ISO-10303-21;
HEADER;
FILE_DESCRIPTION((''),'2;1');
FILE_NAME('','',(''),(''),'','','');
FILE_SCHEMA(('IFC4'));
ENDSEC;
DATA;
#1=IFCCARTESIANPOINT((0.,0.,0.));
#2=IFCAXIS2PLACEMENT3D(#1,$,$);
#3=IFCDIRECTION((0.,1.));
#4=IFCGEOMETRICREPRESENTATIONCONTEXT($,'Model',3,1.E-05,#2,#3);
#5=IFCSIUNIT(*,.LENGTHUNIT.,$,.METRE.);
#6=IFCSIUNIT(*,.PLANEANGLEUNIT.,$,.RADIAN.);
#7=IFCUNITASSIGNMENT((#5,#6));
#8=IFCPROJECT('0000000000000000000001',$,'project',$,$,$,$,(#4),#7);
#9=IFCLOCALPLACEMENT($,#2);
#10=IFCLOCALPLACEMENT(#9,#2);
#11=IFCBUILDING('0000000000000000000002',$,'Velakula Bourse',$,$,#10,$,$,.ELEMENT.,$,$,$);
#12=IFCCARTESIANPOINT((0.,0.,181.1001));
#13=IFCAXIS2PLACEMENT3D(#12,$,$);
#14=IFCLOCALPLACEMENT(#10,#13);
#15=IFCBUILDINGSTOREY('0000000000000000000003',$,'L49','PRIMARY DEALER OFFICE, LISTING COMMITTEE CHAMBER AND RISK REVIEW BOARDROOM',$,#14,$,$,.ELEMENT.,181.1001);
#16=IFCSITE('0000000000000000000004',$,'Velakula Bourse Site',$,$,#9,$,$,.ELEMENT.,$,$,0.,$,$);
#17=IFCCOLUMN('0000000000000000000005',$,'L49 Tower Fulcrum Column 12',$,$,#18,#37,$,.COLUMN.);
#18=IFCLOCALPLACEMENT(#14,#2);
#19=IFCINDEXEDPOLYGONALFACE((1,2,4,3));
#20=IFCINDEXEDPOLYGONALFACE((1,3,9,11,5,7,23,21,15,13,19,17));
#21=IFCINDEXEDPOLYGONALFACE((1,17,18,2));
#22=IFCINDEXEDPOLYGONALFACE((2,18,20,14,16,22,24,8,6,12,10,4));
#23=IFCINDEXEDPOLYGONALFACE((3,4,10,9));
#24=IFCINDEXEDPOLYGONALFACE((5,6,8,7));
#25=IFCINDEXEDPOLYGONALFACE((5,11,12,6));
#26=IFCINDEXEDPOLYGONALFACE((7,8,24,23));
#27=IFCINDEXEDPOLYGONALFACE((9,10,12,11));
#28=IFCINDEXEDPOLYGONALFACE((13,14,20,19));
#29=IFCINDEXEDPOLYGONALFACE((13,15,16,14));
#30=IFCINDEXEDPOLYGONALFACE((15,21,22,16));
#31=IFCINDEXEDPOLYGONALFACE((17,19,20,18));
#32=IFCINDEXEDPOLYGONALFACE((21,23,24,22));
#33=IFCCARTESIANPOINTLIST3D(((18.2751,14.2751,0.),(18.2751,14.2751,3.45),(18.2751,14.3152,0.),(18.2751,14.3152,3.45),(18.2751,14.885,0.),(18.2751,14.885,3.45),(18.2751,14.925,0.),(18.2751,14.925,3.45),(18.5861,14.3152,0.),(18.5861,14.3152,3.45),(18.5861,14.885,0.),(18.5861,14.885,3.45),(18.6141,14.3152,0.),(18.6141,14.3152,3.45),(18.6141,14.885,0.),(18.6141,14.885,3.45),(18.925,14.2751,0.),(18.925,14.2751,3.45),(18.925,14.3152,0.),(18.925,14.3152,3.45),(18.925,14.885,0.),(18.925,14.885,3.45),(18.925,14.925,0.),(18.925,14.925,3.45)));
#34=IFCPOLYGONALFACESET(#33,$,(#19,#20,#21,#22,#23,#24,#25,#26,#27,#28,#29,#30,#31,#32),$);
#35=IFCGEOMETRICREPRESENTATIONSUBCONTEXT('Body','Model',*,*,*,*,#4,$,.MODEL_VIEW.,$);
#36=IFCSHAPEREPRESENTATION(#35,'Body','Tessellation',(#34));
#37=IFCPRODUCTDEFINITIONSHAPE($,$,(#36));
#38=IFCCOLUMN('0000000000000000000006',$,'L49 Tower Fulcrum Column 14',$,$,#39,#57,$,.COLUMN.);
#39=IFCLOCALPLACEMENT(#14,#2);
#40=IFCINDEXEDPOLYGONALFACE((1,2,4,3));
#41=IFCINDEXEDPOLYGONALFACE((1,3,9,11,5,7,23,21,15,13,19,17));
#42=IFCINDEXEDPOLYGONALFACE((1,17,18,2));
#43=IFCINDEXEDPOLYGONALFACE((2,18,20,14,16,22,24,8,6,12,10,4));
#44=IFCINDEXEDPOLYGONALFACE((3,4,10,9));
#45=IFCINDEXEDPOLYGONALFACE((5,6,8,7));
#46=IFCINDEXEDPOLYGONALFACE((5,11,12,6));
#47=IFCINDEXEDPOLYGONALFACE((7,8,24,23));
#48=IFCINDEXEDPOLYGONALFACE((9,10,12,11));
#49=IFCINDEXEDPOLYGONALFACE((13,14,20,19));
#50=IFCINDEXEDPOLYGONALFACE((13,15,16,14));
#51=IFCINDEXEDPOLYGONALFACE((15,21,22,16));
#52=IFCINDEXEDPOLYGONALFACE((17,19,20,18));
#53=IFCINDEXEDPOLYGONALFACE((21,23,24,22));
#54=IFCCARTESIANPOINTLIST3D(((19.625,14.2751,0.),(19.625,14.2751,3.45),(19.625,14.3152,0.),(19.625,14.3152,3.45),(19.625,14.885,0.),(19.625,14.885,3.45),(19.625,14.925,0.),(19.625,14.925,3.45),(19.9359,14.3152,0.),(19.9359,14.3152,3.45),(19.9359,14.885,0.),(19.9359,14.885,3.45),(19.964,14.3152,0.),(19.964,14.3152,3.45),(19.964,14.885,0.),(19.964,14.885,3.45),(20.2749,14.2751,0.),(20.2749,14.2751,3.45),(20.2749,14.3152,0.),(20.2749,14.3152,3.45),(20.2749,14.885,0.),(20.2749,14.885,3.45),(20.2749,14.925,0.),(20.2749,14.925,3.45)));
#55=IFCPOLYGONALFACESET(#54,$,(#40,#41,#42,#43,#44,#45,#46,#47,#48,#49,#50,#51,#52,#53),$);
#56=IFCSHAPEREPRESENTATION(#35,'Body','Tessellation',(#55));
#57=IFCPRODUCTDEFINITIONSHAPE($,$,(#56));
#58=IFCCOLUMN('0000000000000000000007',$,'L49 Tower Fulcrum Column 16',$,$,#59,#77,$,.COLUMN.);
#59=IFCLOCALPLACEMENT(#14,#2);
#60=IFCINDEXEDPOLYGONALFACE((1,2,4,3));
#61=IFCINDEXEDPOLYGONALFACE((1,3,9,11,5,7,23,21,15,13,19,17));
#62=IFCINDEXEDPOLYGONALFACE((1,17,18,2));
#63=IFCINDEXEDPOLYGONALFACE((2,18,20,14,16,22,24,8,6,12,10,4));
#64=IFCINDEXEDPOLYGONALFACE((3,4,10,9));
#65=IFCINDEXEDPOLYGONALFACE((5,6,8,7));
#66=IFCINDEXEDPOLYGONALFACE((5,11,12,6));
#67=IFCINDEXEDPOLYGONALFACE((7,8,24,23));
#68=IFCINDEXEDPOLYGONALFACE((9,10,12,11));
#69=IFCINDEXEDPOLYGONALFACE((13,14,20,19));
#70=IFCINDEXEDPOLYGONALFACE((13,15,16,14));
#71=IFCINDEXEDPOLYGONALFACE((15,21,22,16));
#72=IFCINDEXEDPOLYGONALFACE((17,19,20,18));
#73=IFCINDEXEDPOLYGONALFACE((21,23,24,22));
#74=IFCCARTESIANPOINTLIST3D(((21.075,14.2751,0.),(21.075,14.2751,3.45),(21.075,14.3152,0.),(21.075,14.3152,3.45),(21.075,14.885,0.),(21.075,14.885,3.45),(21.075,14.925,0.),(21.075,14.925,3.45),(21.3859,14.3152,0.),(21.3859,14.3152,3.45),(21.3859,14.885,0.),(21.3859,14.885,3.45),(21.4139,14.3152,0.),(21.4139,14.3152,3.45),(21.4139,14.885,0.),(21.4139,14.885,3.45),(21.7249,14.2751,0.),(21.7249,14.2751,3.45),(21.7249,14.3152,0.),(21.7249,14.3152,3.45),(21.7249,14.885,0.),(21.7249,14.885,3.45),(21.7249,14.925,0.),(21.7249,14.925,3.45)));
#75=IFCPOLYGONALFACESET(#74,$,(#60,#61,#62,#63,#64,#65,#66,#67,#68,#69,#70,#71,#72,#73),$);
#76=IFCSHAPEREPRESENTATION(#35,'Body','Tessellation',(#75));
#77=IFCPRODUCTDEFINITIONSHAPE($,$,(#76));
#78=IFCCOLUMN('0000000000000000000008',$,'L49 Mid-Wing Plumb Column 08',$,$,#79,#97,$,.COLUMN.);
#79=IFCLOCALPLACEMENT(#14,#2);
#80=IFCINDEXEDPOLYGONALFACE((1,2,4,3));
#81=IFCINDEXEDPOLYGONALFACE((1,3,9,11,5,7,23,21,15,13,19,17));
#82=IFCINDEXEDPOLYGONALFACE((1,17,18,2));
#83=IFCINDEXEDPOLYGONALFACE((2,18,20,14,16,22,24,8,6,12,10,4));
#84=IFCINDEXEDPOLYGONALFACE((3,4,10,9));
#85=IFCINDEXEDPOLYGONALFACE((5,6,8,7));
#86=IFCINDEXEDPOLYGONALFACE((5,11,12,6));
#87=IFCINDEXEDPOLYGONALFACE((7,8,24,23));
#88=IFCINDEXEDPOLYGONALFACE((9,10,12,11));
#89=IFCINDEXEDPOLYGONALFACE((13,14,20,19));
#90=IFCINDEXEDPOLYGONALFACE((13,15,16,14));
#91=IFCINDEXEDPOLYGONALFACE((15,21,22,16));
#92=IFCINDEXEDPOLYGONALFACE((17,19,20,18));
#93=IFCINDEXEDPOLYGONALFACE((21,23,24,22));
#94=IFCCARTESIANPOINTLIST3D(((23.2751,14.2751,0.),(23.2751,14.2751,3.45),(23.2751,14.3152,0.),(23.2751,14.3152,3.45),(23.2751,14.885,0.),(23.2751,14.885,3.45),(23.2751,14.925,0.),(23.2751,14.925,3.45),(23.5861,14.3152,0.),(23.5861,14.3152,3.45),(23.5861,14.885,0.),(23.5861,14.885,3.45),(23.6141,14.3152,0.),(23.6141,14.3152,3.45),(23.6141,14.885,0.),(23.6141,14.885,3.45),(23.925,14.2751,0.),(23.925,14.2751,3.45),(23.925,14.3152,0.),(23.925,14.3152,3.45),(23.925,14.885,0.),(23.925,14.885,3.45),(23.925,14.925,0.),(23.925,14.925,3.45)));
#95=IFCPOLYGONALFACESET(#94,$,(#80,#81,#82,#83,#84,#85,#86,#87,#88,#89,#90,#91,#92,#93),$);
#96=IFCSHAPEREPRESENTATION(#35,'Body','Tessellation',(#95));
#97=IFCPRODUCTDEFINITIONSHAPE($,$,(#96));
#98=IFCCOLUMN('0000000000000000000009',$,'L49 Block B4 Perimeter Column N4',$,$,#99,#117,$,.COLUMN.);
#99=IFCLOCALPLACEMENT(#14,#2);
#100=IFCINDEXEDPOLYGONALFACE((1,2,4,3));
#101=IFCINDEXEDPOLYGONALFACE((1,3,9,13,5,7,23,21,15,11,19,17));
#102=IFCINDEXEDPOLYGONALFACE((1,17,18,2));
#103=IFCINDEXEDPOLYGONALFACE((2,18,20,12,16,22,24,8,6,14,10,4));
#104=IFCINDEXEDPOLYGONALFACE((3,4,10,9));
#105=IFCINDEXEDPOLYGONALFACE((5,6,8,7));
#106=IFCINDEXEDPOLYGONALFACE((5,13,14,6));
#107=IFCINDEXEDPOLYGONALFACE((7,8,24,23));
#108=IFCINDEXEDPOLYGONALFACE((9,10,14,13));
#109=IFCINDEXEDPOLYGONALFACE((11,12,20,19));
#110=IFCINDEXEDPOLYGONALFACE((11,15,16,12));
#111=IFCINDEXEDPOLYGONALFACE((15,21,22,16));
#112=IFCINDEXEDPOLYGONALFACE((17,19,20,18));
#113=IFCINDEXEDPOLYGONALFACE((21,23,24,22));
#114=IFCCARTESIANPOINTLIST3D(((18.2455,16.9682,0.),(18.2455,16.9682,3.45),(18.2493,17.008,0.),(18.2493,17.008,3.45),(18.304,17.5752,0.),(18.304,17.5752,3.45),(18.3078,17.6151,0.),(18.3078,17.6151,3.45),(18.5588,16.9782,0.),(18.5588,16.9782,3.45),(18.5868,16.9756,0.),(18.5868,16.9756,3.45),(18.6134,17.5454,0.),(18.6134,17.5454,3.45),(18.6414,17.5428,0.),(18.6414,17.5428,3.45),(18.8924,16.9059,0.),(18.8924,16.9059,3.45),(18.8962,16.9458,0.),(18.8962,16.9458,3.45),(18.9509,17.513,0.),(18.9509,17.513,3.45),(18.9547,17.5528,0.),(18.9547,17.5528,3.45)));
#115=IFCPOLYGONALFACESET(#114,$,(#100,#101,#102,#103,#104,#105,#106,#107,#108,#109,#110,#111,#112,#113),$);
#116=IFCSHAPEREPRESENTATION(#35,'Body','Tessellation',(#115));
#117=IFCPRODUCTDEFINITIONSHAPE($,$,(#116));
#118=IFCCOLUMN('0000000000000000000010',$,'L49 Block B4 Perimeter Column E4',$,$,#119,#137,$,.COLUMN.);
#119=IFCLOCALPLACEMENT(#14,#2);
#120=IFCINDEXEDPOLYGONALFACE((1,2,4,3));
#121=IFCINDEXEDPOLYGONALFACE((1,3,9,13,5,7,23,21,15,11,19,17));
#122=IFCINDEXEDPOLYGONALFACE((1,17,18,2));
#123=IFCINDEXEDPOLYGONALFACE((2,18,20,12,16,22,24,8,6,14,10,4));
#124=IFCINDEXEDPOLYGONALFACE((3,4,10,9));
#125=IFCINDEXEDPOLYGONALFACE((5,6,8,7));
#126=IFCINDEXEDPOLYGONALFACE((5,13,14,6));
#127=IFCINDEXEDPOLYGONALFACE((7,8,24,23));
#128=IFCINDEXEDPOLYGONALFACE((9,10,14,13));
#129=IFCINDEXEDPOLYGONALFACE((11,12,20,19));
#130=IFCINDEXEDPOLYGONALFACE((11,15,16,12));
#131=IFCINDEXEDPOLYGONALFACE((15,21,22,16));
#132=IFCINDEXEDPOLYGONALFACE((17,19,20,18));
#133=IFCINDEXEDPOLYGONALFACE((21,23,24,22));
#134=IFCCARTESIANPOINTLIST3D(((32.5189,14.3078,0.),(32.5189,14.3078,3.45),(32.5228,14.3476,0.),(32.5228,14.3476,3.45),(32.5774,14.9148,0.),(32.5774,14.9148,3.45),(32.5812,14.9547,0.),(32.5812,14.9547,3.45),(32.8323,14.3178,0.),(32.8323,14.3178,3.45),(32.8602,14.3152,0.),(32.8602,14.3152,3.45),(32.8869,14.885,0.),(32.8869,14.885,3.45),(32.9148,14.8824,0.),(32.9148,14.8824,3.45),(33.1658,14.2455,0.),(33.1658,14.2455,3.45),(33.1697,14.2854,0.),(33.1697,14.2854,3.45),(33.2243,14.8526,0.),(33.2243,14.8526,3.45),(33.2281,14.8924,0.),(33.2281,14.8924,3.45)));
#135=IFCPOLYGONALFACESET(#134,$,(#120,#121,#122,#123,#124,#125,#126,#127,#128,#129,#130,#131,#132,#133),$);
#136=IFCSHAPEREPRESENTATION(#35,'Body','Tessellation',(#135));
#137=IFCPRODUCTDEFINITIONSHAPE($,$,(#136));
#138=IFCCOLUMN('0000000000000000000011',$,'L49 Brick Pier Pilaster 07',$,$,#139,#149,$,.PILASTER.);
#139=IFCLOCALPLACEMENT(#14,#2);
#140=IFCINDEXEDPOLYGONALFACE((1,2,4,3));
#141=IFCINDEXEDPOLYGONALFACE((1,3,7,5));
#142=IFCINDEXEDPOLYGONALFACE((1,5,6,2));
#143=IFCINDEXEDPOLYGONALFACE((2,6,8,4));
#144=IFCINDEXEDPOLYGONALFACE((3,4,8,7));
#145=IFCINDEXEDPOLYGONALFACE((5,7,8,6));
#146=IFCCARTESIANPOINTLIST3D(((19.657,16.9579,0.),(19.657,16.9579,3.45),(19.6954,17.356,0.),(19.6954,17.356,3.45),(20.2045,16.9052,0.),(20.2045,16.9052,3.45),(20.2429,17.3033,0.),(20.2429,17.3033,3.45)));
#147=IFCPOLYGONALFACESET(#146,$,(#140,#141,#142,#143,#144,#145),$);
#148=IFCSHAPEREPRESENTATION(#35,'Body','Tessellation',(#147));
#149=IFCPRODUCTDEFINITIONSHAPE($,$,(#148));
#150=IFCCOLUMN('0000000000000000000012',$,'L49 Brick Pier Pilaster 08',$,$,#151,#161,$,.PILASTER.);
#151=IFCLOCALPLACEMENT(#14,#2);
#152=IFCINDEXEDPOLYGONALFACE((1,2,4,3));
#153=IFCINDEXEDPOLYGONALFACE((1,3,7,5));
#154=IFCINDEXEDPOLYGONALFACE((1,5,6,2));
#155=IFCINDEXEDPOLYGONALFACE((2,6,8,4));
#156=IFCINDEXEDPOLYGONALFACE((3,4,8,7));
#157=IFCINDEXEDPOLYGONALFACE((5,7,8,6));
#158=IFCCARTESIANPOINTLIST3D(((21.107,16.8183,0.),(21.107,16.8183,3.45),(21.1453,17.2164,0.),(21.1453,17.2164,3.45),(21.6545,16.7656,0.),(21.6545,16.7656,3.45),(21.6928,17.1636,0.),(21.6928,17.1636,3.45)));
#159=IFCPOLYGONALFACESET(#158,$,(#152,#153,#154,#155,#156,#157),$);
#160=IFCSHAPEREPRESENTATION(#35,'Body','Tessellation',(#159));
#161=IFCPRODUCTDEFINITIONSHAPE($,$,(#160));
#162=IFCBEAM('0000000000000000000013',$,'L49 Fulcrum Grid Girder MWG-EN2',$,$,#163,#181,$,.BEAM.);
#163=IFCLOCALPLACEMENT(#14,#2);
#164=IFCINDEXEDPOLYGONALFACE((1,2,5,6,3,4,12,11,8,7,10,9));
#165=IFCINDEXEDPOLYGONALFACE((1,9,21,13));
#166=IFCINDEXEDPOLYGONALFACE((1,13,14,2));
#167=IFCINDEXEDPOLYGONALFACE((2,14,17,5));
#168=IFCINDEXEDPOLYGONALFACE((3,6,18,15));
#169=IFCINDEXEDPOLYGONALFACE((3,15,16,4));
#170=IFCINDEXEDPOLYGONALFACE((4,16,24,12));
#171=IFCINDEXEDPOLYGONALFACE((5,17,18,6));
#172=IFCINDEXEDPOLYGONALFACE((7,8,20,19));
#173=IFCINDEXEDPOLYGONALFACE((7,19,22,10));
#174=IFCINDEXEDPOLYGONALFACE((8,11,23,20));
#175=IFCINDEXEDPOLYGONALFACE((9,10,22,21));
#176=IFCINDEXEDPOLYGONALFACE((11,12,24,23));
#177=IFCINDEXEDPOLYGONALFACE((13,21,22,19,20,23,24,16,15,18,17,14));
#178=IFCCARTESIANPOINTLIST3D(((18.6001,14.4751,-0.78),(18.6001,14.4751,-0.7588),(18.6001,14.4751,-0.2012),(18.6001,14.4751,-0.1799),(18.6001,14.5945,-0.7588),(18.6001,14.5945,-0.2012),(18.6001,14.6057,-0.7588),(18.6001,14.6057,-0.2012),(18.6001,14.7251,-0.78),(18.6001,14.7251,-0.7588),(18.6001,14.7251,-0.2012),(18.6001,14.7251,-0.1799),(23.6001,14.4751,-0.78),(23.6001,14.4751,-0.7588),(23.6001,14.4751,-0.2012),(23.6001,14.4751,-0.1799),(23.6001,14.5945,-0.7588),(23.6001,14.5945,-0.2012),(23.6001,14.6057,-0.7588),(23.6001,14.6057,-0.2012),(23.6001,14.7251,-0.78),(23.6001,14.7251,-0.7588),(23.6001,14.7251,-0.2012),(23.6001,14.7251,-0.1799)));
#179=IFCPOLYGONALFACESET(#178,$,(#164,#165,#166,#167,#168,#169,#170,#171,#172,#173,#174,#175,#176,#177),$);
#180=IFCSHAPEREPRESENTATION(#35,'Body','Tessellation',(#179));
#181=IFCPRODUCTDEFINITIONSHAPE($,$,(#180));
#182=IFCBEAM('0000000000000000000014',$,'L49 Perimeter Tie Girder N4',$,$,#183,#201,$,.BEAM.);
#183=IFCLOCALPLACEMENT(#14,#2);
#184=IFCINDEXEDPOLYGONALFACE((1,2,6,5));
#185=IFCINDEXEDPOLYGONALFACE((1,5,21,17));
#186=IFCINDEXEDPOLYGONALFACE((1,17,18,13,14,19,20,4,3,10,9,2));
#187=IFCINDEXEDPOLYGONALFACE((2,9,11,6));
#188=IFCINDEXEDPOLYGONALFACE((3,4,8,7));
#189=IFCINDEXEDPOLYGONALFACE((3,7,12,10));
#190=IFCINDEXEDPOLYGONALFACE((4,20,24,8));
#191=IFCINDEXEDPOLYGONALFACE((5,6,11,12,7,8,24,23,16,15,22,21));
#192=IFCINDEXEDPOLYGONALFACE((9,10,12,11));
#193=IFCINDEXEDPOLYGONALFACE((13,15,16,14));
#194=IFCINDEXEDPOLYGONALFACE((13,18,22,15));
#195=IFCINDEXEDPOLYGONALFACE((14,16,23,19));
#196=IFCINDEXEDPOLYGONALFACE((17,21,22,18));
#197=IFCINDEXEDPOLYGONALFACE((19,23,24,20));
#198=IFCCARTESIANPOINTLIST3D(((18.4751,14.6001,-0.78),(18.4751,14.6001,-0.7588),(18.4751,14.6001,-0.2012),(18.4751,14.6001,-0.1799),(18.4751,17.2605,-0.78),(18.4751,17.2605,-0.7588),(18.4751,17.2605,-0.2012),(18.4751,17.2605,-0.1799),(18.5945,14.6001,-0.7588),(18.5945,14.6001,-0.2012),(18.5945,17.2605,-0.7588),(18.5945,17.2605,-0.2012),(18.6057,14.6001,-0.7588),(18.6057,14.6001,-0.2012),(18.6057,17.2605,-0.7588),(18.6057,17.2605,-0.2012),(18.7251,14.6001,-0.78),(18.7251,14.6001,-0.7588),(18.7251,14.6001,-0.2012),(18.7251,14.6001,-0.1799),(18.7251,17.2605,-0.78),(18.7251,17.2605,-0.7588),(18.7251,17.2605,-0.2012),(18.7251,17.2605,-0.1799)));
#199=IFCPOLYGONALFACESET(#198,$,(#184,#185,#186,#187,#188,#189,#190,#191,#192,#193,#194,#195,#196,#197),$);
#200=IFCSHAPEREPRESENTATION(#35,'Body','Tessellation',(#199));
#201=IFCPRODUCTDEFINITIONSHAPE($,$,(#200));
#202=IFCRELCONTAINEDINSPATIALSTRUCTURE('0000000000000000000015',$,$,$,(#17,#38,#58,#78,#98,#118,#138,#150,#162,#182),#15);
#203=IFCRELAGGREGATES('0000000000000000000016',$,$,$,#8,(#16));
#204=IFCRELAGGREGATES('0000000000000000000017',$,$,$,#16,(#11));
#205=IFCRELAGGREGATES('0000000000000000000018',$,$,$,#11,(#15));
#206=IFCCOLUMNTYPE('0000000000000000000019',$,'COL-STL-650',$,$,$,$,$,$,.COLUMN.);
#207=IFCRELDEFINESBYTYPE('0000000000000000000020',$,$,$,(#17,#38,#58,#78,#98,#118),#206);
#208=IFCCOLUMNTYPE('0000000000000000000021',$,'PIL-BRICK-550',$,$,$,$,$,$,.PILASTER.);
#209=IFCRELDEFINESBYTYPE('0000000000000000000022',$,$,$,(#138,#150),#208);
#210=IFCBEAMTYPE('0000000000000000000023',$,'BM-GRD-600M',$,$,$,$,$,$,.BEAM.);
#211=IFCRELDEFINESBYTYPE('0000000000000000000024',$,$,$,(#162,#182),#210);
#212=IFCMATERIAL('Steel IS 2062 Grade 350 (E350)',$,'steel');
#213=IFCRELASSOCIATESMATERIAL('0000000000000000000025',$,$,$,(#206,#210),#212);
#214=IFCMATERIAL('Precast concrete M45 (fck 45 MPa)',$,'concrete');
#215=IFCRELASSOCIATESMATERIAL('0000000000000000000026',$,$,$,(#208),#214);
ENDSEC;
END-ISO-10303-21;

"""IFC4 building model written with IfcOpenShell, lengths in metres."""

from ifc_helpers import new_model, si_unit, direction, frame, origin, origin_2d, place, context, subcontext, project, spatial, rectangle, i_section, extrude, material, material_profile, profile_set, type_object, element, save


model = new_model("IFC4")

# Units and contexts
model_context = context("Model", 3, precision=1e-05, world=origin(), true_north=direction((0.0, 1.0)))
body_context = subcontext(model_context, "Body", "Model", "MODEL_VIEW")
ifc_project = project(units=[si_unit("LENGTHUNIT", "METRE"), si_unit("PLANEANGLEUNIT", "RADIAN")], contexts=[model_context])

# Site, building, storey
site_placement = place(None, origin())
site = spatial("IfcSite", under=ifc_project, at=site_placement, Name="Velakula Bourse Site", CompositionType="ELEMENT", RefElevation=0.0)
building_placement = place(site_placement, origin())
building = spatial("IfcBuilding", under=site, at=building_placement, Name="Velakula Bourse", CompositionType="ELEMENT")
storey_placement = place(building_placement, frame((0.0, 0.0, 181.1001)))
storey = spatial("IfcBuildingStorey", under=building, at=storey_placement, Name="L49", Description="PRIMARY DEALER OFFICE, LISTING COMMITTEE CHAMBER AND RISK REVIEW BOARDROOM", CompositionType="ELEMENT", Elevation=181.1001)

# Columns
ifc_material_1 = material(Name="Steel IS 2062 Grade 350 (E350)", Category="steel")
ifc_material_profile_1 = material_profile(ifc_material_1, i_section(OverallWidth=0.6499, OverallDepth=0.6499, WebThickness=0.0281, FlangeThickness=0.04, at=origin_2d()), Name="Steel IS 2062 Grade 350 (E350)")
ifc_profile_set_1 = profile_set([ifc_material_profile_1], Name="Steel IS 2062 Grade 350 (E350)")
column_type_1 = type_object("IfcColumnType", Name="COL-STL-650", PredefinedType="COLUMN", material=ifc_profile_set_1)
for number, where, z_axis, x_axis, name in (
    (1, (18.6001, 14.6001, 0.0), (0.0, 0.0, 1.0), (1.0, 0.0, 0.0), "L49 Tower Fulcrum Column 12"),
    (2, (19.95, 14.6001, 0.0), (0.0, 0.0, 1.0), (1.0, 0.0, 0.0), "L49 Tower Fulcrum Column 14"),
    (3, (21.3999, 14.6001, 0.0), (0.0, 0.0, 1.0), (1.0, 0.0, 0.0), "L49 Tower Fulcrum Column 16"),
    (4, (23.6001, 14.6001, 0.0), (0.0, 0.0, 1.0), (1.0, 0.0, 0.0), "L49 Mid-Wing Plumb Column 08"),
    (5, (18.6001, 17.2605, 0.0), (0.0, 0.0, 1.0), (0.995396, -0.095846, 0.0), "L49 Block B4 Perimeter Column N4"),
    (6, (32.8735, 14.6001, 0.0), (0.0, 0.0, 1.0), (0.995396, -0.095846, 0.0), "L49 Block B4 Perimeter Column E4"),
):
    element("IfcColumn", number, at=place(storey_placement, frame(where, z_axis=z_axis, x_axis=x_axis)), inside=storey, type_object=column_type_1, Name=name, PredefinedType="COLUMN", context=body_context, shape_type="SweptSolid", body=[
        extrude(i_section(OverallWidth=0.6499, OverallDepth=0.6499, WebThickness=0.0281, FlangeThickness=0.04, at=origin_2d()), origin(), (0.0, 0.0, 1.0), 3.45),
    ])
ifc_material_2 = material(Name="Precast concrete M45 (fck 45 MPa)", Category="concrete")
ifc_material_profile_2 = material_profile(ifc_material_2, rectangle(XDim=0.55, YDim=0.3999, at=origin_2d()), Name="Precast concrete M45 (fck 45 MPa)")
ifc_profile_set_2 = profile_set([ifc_material_profile_2], Name="Precast concrete M45 (fck 45 MPa)")
column_type_2 = type_object("IfcColumnType", Name="PIL-BRICK-550", PredefinedType="PILASTER", material=ifc_profile_set_2)
for number, where, z_axis, x_axis, name in (
    (7, (19.95, 17.1306, 0.0), (0.0, 0.0, 1.0), (0.995396, -0.095846, 0.0), "L49 Brick Pier Pilaster 07"),
    (8, (21.3999, 16.991, 0.0), (0.0, 0.0, 1.0), (0.995396, -0.095846, 0.0), "L49 Brick Pier Pilaster 08"),
):
    element("IfcColumn", number, at=place(storey_placement, frame(where, z_axis=z_axis, x_axis=x_axis)), inside=storey, type_object=column_type_2, Name=name, PredefinedType="PILASTER", context=body_context, shape_type="SweptSolid", body=[
        extrude(rectangle(XDim=0.55, YDim=0.3999, at=origin_2d()), origin(), (0.0, 0.0, 1.0), 3.45),
    ])

# Beams
ifc_material_profile_3 = material_profile(ifc_material_1, i_section(OverallWidth=0.25, OverallDepth=0.6001, WebThickness=0.0112, FlangeThickness=0.0212, at=origin_2d()), Name="Steel IS 2062 Grade 350 (E350)")
ifc_profile_set_3 = profile_set([ifc_material_profile_3], Name="Steel IS 2062 Grade 350 (E350)")
beam_type_1 = type_object("IfcBeamType", Name="BM-GRD-600M", PredefinedType="BEAM", material=ifc_profile_set_3)
beam_1_placement = place(storey_placement, frame((18.6001, 14.6001, -0.48), z_axis=(1.0, 0.0, 0.0), x_axis=(0.0, 1.0, 0.0)))
element("IfcBeam", 9, at=beam_1_placement, inside=storey, type_object=beam_type_1, Name="L49 Fulcrum Grid Girder MWG-EN2", PredefinedType="BEAM", context=body_context, shape_type="SweptSolid", body=[
    extrude(i_section(OverallWidth=0.25, OverallDepth=0.6001, WebThickness=0.0112, FlangeThickness=0.0212, at=origin_2d()), origin(), (0.0, 0.0, 1.0), 5.0),
])
beam_2_placement = place(storey_placement, frame((18.6001, 14.6001, -0.48), z_axis=(0.0, 1.0, 0.0), x_axis=(-1.0, 0.0, 0.0)))
element("IfcBeam", 10, at=beam_2_placement, inside=storey, type_object=beam_type_1, Name="L49 Perimeter Tie Girder N4", PredefinedType="BEAM", context=body_context, shape_type="SweptSolid", body=[
    extrude(i_section(OverallWidth=0.25, OverallDepth=0.6001, WebThickness=0.0112, FlangeThickness=0.0212, at=origin_2d()), origin(), (0.0, 0.0, 1.0), 2.6604),
])

save(model, "model.ifc")
